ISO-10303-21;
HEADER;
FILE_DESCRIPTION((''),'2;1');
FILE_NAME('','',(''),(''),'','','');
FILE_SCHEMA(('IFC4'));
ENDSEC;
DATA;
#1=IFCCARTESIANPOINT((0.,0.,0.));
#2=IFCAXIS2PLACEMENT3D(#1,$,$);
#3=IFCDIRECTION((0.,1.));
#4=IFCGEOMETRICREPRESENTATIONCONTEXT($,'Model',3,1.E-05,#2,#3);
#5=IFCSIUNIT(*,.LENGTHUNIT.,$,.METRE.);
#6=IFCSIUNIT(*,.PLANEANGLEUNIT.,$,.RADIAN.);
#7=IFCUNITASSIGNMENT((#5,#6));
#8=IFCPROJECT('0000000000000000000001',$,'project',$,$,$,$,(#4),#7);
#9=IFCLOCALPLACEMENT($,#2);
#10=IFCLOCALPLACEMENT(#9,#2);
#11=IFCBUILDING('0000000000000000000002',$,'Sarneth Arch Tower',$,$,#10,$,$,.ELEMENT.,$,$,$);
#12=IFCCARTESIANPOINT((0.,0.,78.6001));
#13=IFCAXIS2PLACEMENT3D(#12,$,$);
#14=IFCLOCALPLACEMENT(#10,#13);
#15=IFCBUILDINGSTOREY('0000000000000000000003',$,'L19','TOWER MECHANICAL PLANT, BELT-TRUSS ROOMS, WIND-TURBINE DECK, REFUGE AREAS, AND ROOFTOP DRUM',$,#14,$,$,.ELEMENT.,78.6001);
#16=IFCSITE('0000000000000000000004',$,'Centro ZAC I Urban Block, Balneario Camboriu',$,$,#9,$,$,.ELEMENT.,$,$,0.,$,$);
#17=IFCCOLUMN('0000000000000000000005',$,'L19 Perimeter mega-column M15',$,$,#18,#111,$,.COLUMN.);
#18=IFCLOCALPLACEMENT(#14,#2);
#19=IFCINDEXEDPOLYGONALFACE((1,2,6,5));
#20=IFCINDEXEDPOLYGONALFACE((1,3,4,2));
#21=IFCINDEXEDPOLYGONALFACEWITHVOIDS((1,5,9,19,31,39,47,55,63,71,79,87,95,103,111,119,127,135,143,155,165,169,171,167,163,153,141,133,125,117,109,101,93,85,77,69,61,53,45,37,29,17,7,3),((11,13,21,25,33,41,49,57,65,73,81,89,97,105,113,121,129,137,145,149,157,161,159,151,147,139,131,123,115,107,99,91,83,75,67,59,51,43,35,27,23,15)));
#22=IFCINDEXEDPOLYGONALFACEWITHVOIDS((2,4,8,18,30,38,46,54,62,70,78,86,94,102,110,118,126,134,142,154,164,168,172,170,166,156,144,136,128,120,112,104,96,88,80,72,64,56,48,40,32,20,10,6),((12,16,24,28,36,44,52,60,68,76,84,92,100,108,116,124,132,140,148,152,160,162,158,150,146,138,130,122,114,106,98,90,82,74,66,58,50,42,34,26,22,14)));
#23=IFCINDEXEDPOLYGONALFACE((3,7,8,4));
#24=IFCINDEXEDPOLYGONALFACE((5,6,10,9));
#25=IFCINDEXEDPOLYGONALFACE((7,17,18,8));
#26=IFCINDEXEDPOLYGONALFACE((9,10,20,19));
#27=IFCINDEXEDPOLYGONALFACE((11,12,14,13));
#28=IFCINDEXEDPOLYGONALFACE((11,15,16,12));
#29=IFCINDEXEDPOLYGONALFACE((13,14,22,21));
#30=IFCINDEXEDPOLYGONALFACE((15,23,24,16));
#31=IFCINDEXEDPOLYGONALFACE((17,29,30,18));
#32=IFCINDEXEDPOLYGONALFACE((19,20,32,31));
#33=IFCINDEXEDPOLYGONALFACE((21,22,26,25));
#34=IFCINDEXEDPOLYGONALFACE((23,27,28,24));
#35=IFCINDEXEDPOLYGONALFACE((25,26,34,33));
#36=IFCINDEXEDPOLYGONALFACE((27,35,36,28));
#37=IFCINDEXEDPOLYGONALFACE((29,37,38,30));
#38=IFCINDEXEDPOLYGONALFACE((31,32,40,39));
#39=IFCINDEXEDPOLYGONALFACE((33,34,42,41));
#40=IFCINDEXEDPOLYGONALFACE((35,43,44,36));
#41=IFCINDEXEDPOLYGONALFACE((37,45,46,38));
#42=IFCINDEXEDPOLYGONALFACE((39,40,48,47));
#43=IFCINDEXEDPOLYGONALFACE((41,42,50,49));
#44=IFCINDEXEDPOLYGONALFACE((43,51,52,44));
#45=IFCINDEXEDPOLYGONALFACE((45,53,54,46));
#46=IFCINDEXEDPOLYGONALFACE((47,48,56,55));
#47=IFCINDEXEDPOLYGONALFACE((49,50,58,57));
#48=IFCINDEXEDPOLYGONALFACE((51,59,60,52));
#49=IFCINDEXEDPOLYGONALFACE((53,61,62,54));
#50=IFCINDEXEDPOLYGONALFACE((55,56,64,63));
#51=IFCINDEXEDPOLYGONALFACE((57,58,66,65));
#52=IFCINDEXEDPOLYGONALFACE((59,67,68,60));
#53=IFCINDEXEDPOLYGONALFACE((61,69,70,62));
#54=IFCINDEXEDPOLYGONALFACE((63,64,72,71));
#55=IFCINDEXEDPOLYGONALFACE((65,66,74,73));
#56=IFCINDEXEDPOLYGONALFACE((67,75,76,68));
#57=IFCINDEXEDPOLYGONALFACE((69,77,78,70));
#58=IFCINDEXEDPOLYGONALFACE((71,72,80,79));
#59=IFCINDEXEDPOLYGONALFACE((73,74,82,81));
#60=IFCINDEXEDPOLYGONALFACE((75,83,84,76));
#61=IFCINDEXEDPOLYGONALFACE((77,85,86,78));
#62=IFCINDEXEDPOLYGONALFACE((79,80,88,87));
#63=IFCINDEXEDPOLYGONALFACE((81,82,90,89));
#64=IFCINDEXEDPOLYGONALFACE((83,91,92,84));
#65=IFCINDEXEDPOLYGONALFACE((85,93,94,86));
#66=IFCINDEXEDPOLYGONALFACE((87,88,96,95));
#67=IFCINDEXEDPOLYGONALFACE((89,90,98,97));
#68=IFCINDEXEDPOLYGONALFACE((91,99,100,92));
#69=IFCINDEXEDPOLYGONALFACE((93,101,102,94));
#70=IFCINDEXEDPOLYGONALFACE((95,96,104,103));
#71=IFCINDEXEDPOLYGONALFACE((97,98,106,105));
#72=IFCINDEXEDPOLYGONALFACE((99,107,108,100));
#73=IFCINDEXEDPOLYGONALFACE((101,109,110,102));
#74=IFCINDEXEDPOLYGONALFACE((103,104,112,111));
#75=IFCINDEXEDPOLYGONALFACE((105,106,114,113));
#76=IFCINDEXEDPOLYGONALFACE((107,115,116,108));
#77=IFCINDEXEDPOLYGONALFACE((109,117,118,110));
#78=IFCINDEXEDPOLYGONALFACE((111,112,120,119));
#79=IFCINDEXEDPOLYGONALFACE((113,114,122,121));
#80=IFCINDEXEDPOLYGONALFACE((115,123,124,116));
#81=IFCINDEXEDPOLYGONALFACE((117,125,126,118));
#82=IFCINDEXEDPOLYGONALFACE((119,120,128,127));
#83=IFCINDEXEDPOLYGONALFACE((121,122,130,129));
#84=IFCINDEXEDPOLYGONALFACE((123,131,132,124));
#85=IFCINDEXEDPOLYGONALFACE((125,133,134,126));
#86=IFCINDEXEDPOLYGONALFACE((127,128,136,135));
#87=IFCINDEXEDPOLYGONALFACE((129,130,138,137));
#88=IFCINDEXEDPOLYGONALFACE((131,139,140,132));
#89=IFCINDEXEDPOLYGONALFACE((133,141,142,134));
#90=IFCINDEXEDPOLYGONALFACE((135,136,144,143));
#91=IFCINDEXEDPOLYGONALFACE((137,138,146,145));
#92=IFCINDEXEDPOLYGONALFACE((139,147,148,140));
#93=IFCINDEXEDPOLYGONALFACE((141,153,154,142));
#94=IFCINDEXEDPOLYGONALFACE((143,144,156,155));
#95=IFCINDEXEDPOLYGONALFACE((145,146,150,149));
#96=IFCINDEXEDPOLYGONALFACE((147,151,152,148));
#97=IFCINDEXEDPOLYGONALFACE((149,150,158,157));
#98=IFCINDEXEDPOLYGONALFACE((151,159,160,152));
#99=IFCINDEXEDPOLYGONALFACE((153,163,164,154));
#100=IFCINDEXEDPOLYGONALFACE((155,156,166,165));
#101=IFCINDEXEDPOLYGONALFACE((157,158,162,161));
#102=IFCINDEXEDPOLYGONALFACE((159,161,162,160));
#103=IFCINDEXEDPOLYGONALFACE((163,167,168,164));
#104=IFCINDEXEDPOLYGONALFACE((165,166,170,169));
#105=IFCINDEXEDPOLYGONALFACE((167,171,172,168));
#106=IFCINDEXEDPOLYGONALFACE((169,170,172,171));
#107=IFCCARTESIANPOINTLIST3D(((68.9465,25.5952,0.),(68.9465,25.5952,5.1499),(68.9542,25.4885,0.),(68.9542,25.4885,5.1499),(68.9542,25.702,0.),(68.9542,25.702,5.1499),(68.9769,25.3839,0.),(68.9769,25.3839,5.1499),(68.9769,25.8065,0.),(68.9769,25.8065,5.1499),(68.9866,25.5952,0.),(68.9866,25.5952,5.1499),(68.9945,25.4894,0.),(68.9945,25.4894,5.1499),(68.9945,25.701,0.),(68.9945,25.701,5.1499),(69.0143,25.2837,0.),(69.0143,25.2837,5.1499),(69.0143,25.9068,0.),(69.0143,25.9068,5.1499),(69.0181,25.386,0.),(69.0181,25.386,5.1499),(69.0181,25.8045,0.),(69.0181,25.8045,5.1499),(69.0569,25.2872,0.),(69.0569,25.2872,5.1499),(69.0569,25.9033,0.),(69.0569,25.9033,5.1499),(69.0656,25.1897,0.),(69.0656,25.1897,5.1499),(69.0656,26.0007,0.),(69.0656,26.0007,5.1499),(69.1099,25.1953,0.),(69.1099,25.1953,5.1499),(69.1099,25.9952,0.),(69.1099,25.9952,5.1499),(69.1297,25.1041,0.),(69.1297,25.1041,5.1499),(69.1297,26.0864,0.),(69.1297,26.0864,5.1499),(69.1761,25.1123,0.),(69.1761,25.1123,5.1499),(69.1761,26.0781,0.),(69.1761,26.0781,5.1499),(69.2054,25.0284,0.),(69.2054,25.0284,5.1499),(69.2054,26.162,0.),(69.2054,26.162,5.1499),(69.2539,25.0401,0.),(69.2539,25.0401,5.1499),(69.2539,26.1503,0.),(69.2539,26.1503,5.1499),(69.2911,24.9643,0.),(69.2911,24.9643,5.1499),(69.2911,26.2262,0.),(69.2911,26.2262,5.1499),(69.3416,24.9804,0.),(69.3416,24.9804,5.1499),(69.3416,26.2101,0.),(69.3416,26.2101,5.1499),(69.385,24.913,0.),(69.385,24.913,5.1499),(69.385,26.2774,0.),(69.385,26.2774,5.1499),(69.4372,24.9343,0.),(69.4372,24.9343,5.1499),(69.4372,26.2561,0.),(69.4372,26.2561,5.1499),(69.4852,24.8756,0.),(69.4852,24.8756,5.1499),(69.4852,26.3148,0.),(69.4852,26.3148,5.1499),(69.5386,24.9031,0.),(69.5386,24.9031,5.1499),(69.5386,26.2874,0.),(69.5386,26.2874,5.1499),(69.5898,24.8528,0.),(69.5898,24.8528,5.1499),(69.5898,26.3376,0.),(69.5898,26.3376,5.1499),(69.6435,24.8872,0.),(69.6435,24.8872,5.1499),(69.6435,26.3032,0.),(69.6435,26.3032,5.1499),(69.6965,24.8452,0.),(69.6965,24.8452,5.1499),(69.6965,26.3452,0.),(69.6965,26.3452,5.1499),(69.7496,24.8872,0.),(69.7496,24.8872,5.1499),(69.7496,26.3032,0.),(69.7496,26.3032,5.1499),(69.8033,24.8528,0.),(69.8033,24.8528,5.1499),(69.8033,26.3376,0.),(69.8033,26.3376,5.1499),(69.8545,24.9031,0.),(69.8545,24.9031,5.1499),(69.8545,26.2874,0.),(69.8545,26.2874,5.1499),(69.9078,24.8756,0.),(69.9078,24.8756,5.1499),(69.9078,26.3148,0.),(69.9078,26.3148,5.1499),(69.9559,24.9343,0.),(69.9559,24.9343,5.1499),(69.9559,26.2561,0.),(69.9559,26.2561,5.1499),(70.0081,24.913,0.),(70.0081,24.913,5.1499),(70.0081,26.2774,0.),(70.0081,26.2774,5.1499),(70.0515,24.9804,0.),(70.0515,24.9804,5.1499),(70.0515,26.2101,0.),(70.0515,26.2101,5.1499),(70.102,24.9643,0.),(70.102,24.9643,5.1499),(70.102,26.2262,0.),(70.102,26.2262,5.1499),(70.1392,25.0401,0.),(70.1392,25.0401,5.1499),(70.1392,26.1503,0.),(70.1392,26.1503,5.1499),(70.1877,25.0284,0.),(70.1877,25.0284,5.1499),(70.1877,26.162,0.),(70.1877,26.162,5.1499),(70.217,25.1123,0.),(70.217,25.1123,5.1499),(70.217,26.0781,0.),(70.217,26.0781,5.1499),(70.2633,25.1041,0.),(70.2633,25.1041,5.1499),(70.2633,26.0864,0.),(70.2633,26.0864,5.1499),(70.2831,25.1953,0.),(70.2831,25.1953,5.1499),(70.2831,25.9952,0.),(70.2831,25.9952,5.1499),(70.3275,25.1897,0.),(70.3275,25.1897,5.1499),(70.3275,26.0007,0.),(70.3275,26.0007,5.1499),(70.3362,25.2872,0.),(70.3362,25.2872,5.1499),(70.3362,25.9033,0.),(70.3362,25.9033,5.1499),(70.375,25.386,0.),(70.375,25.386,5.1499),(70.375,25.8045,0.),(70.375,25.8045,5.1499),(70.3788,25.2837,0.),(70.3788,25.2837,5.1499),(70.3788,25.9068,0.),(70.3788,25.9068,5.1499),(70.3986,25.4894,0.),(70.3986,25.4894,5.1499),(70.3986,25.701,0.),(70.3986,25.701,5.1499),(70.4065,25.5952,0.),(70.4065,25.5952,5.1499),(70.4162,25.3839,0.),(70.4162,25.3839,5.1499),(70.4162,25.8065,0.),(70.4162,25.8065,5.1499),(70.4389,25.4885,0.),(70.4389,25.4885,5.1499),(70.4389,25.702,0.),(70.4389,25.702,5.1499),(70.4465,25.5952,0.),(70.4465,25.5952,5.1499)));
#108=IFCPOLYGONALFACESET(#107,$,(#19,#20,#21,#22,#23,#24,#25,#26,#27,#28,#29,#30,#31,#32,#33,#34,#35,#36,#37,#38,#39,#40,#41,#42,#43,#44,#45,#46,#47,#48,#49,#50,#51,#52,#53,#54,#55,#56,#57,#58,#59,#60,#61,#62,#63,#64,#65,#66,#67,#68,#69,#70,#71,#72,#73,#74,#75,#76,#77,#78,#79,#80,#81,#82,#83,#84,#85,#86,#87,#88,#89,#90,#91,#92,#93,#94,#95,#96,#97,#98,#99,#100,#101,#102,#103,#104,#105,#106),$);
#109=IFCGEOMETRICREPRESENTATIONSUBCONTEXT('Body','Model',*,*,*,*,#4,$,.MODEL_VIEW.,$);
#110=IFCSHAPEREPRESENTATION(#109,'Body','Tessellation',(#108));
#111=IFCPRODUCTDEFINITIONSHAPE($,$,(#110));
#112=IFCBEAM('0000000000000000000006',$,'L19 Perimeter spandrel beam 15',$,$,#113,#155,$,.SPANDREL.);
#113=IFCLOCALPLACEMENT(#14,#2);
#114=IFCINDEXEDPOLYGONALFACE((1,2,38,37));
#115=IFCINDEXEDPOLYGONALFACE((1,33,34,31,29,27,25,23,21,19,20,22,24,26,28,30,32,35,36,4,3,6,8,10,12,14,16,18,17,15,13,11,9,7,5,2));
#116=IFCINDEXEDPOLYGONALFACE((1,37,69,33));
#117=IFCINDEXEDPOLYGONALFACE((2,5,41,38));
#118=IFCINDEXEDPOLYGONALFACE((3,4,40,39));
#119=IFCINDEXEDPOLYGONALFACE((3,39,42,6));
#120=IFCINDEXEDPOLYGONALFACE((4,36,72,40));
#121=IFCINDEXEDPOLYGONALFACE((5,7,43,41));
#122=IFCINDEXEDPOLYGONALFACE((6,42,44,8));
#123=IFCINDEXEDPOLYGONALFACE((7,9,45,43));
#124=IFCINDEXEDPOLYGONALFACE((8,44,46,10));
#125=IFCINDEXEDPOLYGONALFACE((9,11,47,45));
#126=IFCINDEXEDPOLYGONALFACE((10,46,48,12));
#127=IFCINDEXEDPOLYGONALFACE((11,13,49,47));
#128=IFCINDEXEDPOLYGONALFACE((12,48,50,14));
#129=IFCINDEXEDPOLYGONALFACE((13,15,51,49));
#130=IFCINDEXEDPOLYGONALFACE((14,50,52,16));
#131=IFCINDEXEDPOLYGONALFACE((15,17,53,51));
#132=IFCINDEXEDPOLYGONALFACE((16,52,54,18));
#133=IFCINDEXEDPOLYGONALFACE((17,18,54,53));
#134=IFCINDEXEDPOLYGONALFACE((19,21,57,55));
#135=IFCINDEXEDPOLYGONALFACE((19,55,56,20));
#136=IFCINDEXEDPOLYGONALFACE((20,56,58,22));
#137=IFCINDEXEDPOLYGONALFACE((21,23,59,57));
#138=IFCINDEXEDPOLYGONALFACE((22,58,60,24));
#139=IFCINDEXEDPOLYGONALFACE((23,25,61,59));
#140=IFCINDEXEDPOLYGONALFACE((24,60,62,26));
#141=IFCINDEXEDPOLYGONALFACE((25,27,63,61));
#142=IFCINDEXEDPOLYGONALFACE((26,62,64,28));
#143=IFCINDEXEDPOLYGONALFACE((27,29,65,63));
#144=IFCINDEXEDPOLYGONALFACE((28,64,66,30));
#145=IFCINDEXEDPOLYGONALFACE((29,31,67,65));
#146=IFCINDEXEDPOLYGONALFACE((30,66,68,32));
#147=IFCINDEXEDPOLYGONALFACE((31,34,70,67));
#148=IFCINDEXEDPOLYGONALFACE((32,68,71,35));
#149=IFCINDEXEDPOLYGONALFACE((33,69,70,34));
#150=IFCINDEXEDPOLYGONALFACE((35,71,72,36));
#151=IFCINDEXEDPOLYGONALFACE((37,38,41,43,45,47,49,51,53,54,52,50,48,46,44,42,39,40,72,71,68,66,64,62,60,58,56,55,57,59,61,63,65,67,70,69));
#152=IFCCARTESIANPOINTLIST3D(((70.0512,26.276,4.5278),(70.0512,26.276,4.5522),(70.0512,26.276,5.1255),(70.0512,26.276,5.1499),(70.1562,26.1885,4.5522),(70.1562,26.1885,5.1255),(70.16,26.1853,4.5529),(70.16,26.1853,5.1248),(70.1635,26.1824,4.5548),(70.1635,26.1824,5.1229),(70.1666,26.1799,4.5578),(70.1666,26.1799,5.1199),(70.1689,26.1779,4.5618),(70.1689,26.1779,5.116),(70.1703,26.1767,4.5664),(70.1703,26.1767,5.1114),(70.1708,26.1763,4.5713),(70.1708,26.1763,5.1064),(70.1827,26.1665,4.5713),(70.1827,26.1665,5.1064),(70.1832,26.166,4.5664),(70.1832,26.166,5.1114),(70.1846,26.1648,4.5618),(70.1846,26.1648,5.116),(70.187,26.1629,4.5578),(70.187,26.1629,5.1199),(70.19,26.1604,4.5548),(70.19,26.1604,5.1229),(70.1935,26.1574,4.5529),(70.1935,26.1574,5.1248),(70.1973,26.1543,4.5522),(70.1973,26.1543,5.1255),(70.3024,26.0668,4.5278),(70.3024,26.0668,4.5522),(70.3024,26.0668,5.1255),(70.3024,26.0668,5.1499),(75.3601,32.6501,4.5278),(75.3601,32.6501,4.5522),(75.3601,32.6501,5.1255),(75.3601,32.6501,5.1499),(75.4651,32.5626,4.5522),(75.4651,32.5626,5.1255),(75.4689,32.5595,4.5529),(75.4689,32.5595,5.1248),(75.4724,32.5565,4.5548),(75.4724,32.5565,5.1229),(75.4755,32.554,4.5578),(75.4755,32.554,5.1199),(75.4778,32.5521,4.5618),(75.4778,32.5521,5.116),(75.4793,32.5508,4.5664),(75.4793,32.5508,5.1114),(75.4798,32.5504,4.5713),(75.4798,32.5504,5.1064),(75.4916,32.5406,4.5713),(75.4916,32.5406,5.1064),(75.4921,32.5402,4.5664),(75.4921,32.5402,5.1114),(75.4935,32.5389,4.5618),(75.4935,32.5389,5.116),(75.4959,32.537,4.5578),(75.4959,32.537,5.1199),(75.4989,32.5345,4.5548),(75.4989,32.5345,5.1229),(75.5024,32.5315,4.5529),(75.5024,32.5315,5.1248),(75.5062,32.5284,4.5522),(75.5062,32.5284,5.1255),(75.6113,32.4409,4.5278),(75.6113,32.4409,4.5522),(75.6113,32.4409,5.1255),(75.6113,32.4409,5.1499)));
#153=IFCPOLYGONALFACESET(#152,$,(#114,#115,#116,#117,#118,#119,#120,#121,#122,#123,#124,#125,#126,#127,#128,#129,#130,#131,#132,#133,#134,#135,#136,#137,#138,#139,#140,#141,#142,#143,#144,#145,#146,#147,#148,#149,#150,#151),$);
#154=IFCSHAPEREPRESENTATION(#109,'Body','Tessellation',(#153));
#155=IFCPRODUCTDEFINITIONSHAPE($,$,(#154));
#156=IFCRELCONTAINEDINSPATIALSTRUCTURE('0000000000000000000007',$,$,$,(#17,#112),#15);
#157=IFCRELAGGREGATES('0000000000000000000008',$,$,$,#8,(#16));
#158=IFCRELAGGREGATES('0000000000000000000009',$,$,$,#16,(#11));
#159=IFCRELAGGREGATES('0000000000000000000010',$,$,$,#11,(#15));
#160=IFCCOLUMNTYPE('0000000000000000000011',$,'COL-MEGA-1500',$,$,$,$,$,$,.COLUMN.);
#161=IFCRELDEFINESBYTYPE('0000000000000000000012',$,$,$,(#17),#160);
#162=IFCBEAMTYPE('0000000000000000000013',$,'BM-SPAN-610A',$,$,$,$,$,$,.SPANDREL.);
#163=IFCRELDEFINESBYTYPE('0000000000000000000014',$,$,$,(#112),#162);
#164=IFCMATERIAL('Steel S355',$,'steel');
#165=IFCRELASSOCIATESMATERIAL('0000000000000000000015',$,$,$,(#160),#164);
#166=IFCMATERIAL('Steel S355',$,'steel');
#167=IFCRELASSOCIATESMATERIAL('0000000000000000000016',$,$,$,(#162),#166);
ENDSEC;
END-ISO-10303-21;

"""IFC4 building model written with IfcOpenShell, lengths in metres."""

from ifc_helpers import new_model, si_unit, direction, frame, origin, origin_2d, place, context, subcontext, project, spatial, hollow_circle, i_section, extrude, material, material_profile, profile_set, type_object, element, save


model = new_model("IFC4")

# Units and contexts
model_context = context("Model", 3, precision=1e-05, world=origin(), true_north=direction((0.0, 1.0)))
body_context = subcontext(model_context, "Body", "Model", "MODEL_VIEW")
ifc_project = project(units=[si_unit("LENGTHUNIT", "METRE"), si_unit("PLANEANGLEUNIT", "RADIAN")], contexts=[model_context])

# Site, building, storey
site_placement = place(None, origin())
site = spatial("IfcSite", under=ifc_project, at=site_placement, Name="Centro ZAC I Urban Block, Balneario Camboriu", CompositionType="ELEMENT", RefElevation=0.0)
building_placement = place(site_placement, origin())
building = spatial("IfcBuilding", under=site, at=building_placement, Name="Sarneth Arch Tower", CompositionType="ELEMENT")
storey_placement = place(building_placement, frame((0.0, 0.0, 78.6001)))
storey = spatial("IfcBuildingStorey", under=building, at=storey_placement, Name="L19", Description="TOWER MECHANICAL PLANT, BELT-TRUSS ROOMS, WIND-TURBINE DECK, REFUGE AREAS, AND ROOFTOP DRUM", CompositionType="ELEMENT", Elevation=78.6001)

# Column
ifc_material_1 = material(Name="Steel S355", Category="steel")
ifc_material_profile_1 = material_profile(ifc_material_1, hollow_circle(Radius=0.75, WallThickness=0.04, at=origin_2d()), Name="CHS1500x40")
ifc_profile_set_1 = profile_set([ifc_material_profile_1], Name="Steel S355")
column_type = type_object("IfcColumnType", Name="COL-MEGA-1500", PredefinedType="COLUMN", material=ifc_profile_set_1)
column_placement = place(storey_placement, frame((69.6965, 25.5952, 0.0), z_axis=(0.0, 0.0, 1.0), x_axis=(1.0, 0.0, 0.0)))
element("IfcColumn", 1, at=column_placement, inside=storey, type_object=column_type, Name="L19 Perimeter mega-column M15", PredefinedType="COLUMN", context=body_context, shape_type="SweptSolid", body=[
    extrude(hollow_circle(Radius=0.75, WallThickness=0.04, at=origin_2d()), origin(), (0.0, 0.0, 1.0), 5.1499),
])

# Beam
ifc_material_2 = material(Name="Steel S355", Category="steel")
ifc_material_profile_2 = material_profile(ifc_material_2, i_section(OverallWidth=0.3269, OverallDepth=0.6221, WebThickness=0.0154, FlangeThickness=0.0244, FilletRadius=0.019, at=origin_2d()), Name="W610x195")
ifc_profile_set_2 = profile_set([ifc_material_profile_2], Name="Steel S355")
beam_type = type_object("IfcBeamType", Name="BM-SPAN-610A", PredefinedType="SPANDREL", material=ifc_profile_set_2)
beam_placement = place(storey_placement, frame((70.1768, 26.1714, 4.8389), z_axis=(0.639982, 0.76839, 0.0), x_axis=(-0.76839, 0.639982, 0.0)))
element("IfcBeam", 2, at=beam_placement, inside=storey, type_object=beam_type, Name="L19 Perimeter spandrel beam 15", PredefinedType="SPANDREL", context=body_context, shape_type="SweptSolid", body=[
    extrude(i_section(OverallWidth=0.3269, OverallDepth=0.6221, WebThickness=0.0154, FlangeThickness=0.0244, FilletRadius=0.019, at=origin_2d()), origin(), (0.0, 0.0, 1.0), 8.2954),
])

save(model, "model.ifc")
